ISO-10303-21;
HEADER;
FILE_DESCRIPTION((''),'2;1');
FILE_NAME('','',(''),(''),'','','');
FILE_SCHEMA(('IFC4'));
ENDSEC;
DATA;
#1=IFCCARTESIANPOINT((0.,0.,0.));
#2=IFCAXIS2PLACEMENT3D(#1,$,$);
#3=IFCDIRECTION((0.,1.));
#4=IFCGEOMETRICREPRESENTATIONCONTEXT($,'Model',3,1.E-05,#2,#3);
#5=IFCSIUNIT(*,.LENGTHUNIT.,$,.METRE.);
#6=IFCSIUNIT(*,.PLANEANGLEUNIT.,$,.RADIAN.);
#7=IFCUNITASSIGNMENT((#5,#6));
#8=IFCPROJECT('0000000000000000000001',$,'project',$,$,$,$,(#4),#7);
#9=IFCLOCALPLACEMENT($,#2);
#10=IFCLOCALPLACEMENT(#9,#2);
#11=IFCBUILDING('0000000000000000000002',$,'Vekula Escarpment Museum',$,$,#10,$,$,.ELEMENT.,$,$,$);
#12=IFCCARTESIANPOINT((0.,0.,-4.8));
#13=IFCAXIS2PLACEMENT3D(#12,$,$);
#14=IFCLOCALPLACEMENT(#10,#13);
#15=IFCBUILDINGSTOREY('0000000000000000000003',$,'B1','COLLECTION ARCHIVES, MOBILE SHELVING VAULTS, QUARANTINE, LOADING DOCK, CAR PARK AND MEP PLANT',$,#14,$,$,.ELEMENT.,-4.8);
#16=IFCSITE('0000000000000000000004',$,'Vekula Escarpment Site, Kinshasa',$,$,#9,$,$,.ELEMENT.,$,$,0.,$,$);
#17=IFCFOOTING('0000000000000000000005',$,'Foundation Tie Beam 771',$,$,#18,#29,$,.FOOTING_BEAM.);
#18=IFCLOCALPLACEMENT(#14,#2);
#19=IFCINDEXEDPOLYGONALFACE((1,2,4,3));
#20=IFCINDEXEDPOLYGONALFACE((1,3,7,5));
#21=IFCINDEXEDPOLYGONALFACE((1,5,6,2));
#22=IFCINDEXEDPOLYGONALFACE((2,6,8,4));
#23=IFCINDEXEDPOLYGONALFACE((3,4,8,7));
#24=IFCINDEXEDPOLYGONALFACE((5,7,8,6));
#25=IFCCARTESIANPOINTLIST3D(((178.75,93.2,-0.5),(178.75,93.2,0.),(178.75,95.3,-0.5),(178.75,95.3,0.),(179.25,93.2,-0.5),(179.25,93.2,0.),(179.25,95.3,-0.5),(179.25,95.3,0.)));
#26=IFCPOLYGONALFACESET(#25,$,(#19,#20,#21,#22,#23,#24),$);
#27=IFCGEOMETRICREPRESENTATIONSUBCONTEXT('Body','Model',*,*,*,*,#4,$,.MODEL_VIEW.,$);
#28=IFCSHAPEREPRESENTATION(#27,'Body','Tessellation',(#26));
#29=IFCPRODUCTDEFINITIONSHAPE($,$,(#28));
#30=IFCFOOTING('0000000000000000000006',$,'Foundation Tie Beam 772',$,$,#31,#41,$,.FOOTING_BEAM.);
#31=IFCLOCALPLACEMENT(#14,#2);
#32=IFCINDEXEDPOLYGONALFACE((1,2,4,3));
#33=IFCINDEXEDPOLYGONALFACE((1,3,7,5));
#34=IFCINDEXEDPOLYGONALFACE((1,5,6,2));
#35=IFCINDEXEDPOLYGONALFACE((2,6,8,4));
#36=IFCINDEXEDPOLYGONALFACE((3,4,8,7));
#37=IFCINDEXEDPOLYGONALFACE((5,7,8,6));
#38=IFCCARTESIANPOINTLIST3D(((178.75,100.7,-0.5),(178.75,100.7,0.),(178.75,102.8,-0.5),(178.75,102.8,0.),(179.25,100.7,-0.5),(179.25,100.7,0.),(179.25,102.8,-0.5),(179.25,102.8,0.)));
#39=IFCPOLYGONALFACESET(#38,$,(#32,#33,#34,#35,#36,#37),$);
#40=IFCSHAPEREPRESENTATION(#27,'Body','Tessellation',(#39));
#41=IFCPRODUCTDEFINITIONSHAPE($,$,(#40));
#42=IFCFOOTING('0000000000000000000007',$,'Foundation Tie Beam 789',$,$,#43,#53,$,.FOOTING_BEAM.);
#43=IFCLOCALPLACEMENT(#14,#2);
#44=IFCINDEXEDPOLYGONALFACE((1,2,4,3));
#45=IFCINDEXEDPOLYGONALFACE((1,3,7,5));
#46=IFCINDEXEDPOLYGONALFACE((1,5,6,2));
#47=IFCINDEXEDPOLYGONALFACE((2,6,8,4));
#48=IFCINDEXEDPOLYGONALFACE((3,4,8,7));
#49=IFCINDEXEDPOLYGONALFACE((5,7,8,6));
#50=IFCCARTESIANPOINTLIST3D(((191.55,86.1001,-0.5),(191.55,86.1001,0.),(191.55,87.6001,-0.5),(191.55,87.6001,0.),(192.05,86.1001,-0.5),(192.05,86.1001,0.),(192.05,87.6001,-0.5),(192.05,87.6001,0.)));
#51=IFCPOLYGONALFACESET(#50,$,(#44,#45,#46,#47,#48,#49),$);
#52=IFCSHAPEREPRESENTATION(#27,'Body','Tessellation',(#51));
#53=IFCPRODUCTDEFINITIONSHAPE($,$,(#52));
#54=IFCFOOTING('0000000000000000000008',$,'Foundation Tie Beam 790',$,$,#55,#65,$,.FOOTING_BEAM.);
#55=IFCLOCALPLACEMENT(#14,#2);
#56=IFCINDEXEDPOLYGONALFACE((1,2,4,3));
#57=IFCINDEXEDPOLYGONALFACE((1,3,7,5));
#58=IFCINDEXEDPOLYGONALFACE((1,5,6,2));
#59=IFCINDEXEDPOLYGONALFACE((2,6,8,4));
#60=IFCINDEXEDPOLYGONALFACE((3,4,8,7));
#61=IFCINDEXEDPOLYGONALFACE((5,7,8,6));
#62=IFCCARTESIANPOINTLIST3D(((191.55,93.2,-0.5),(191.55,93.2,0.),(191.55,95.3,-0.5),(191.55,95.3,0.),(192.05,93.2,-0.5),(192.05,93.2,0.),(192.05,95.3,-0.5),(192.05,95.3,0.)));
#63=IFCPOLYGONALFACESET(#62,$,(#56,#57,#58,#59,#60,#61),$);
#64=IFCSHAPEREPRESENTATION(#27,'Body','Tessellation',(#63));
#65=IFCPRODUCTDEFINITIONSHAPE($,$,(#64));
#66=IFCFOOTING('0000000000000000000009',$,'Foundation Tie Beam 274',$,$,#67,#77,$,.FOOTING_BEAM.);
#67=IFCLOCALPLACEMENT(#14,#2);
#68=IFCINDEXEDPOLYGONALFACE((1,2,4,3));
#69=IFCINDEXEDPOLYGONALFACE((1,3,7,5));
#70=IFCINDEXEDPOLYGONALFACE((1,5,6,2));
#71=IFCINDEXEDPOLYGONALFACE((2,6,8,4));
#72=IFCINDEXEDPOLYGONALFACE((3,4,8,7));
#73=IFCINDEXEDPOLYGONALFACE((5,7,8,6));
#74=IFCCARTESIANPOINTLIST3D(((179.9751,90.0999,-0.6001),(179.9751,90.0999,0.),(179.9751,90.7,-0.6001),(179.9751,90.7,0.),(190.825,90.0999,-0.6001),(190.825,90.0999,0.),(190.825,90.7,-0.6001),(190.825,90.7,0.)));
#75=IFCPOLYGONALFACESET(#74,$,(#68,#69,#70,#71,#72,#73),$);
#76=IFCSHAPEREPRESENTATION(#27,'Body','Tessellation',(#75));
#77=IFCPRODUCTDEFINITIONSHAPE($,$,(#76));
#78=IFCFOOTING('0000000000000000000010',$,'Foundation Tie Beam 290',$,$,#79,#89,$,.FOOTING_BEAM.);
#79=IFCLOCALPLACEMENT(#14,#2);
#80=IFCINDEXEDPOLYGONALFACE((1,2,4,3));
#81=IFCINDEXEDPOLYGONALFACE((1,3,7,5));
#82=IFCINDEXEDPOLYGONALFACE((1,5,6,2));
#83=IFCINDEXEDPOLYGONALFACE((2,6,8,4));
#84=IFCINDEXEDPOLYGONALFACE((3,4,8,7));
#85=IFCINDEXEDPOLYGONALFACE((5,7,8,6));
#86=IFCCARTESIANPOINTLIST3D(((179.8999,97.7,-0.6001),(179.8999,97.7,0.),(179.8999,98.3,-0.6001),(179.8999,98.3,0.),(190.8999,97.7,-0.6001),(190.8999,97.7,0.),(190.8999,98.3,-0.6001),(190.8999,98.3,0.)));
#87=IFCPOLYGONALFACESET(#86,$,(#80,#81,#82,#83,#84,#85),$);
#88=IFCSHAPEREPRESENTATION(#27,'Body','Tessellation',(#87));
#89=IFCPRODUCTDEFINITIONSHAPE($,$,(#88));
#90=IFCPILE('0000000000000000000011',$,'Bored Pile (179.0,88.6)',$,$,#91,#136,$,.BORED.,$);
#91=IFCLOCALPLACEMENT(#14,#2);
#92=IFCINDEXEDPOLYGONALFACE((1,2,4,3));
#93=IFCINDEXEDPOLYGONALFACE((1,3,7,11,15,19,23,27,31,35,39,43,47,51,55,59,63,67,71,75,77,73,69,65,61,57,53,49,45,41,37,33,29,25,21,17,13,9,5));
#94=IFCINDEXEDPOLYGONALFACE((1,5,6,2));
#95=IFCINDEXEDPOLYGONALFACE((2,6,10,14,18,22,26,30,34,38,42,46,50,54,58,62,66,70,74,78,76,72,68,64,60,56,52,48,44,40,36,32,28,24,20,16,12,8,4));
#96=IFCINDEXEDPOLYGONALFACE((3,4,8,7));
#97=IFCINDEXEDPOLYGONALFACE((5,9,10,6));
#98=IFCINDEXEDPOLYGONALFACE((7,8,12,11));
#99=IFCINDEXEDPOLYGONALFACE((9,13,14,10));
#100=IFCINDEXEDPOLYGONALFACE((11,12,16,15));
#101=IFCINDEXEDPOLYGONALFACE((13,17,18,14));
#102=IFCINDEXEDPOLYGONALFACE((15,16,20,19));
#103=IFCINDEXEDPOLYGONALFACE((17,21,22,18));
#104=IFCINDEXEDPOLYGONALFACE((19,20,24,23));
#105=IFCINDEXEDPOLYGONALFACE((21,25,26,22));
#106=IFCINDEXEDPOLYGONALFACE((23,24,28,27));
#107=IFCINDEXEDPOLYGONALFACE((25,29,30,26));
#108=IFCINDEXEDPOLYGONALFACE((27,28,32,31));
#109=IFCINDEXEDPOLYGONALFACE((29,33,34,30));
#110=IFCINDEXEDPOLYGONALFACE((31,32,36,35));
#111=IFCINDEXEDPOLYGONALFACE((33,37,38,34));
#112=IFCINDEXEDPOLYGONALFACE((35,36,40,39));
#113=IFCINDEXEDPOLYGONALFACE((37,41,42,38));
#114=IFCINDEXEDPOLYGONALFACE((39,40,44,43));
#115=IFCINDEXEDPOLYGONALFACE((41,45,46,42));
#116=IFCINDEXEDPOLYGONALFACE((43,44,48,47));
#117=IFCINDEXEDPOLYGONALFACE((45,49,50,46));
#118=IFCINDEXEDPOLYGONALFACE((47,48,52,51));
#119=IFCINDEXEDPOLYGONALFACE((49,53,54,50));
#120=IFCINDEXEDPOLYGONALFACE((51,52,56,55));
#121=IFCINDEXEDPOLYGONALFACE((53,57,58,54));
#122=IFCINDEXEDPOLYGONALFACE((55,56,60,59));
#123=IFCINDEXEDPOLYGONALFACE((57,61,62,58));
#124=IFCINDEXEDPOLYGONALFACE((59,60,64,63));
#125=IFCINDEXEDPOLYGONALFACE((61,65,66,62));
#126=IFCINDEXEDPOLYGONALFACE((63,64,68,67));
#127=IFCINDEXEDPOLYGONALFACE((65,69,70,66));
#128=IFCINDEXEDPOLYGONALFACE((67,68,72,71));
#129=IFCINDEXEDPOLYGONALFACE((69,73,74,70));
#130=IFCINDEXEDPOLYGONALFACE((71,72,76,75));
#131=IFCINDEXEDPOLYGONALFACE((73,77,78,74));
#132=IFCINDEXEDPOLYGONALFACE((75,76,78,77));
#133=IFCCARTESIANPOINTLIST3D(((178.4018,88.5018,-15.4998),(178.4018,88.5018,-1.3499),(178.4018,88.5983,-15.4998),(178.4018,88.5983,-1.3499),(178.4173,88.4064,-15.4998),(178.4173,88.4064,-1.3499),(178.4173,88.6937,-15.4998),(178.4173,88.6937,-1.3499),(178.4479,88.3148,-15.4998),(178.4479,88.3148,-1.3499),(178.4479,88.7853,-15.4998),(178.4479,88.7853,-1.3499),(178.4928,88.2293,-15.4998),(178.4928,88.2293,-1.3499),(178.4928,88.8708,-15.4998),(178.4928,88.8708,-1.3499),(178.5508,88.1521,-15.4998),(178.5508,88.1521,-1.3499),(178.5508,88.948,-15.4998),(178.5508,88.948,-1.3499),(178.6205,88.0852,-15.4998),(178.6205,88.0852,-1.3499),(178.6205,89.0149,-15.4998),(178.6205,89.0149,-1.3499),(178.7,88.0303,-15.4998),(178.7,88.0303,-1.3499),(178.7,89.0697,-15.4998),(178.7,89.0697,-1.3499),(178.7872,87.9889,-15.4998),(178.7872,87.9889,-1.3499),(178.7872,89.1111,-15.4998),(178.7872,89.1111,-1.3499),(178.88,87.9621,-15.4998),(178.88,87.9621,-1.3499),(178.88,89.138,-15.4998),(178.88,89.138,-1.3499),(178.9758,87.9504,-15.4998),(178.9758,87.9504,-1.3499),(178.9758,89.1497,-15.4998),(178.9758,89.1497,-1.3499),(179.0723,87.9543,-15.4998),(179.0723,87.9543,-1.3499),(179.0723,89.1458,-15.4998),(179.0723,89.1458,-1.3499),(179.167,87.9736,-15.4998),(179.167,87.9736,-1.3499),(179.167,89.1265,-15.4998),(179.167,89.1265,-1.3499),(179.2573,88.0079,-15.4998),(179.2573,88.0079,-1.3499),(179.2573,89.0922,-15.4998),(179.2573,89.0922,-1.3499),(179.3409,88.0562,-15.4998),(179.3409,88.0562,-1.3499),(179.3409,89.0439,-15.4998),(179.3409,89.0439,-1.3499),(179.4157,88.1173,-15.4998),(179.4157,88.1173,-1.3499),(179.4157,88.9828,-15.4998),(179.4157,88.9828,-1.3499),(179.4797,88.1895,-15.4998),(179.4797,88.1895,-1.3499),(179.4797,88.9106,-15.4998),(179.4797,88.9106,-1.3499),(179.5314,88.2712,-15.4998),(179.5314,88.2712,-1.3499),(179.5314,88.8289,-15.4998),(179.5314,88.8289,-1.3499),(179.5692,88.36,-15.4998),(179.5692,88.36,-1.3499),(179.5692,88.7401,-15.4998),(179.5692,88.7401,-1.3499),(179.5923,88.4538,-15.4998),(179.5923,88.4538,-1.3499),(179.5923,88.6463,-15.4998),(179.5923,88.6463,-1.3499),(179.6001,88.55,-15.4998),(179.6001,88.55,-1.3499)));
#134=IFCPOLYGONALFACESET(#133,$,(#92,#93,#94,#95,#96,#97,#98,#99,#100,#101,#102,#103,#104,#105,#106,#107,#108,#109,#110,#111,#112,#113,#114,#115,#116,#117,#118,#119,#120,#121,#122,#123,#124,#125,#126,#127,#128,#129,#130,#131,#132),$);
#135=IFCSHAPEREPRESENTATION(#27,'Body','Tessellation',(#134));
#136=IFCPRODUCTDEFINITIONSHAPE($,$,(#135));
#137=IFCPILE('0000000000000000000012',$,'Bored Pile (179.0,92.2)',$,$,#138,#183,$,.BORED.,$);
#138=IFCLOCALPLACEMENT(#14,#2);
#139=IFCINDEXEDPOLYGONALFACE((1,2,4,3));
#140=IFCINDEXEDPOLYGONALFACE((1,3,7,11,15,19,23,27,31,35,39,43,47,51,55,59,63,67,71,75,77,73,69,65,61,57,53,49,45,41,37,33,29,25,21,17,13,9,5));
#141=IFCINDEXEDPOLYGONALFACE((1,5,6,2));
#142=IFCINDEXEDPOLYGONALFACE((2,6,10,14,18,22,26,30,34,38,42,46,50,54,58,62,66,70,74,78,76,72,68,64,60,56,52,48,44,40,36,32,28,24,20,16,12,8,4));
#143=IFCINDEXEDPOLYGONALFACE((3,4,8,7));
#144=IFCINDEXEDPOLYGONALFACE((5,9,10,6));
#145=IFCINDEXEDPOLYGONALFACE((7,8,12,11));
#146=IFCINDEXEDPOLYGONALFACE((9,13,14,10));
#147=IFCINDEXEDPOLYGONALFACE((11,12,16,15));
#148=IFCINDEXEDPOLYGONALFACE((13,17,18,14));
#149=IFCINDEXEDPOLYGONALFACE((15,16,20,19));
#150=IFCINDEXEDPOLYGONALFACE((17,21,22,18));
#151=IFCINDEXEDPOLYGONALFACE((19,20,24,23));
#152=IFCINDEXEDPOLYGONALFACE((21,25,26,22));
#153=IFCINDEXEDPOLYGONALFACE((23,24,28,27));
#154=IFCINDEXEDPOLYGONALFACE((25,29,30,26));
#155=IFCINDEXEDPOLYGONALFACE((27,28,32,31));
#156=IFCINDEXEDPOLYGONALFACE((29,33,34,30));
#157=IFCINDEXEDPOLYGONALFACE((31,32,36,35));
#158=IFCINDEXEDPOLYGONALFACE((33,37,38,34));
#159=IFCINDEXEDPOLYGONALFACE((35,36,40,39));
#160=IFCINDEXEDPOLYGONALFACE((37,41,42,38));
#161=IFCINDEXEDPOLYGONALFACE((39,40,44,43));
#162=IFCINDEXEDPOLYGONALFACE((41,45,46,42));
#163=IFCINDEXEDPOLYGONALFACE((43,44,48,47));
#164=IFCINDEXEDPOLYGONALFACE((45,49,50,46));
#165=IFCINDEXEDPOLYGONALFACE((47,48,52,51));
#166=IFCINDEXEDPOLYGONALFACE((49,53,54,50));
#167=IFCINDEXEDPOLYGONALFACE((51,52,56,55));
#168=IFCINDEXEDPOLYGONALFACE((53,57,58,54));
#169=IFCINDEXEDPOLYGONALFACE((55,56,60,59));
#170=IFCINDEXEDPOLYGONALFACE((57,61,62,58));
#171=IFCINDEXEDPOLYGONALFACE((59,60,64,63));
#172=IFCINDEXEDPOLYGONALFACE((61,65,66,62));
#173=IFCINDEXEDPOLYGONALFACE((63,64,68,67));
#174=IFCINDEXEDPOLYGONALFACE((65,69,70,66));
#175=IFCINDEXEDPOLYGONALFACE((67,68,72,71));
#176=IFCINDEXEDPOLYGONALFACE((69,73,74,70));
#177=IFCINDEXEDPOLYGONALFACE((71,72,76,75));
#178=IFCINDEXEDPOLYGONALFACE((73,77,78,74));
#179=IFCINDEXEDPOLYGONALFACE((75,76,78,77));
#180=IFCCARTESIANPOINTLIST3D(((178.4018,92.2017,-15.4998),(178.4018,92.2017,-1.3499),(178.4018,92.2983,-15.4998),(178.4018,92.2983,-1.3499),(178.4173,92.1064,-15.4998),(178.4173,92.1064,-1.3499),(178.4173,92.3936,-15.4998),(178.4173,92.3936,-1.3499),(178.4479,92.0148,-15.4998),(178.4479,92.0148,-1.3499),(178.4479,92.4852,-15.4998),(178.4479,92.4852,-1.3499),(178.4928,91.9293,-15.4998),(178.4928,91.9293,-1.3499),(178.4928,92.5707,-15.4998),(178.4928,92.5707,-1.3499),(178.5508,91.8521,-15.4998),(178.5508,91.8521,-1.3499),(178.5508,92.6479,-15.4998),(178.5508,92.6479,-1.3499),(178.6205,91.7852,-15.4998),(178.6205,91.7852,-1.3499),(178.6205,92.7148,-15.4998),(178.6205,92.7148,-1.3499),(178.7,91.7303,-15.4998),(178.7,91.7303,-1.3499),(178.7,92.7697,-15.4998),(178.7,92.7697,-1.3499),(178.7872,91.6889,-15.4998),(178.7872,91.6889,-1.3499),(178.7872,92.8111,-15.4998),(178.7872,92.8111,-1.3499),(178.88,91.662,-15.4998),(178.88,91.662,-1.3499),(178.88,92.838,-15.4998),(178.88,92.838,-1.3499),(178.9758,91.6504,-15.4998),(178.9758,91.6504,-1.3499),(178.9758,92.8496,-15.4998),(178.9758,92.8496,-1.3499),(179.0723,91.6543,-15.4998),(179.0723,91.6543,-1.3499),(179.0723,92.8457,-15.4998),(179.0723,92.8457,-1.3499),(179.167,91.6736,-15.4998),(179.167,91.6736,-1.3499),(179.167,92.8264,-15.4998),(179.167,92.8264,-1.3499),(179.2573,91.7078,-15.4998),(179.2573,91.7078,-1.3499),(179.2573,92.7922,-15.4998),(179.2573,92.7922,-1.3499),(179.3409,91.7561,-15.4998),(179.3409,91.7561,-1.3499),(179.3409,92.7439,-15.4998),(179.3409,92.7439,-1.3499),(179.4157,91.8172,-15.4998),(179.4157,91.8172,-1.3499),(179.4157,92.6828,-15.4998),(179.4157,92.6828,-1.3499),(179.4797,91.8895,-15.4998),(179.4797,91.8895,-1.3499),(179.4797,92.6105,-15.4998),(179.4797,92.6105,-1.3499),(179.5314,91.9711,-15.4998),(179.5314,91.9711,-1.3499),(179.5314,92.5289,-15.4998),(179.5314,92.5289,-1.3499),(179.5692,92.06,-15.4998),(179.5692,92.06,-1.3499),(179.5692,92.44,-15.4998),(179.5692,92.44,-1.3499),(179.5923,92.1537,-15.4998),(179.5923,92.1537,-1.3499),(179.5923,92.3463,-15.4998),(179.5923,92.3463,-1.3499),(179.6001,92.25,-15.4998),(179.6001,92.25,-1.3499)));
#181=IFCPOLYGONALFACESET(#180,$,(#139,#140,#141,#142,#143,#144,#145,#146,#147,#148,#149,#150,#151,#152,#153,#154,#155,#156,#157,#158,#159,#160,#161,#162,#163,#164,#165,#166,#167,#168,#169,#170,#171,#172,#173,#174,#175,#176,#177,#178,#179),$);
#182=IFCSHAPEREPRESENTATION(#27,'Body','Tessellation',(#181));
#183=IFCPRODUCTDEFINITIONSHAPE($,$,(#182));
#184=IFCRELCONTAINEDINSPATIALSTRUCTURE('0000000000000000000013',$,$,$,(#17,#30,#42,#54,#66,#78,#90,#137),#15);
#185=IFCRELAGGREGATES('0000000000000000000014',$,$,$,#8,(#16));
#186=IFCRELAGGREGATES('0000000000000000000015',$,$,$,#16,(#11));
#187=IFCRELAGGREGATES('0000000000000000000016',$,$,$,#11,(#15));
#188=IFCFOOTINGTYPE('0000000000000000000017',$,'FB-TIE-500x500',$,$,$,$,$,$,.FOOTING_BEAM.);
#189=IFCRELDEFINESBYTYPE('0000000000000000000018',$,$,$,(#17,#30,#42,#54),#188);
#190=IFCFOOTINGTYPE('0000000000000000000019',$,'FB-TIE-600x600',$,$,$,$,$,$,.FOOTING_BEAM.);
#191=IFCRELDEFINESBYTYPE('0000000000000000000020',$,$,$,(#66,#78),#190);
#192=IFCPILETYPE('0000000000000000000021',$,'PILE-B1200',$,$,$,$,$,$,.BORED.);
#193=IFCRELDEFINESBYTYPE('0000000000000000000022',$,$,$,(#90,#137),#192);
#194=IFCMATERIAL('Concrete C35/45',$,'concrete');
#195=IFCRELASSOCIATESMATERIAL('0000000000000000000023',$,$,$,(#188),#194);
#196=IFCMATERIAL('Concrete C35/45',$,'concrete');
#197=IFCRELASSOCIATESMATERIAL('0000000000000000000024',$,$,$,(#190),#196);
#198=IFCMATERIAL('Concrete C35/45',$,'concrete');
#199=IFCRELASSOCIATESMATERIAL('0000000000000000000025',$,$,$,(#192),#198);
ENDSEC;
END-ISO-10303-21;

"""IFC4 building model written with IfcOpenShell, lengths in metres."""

from ifc_helpers import new_model, si_unit, direction, frame, origin, origin_2d, place, context, subcontext, project, spatial, rectangle, circle, extrude, material, material_profile, profile_set, type_object, element, save


model = new_model("IFC4")

# Units and contexts
model_context = context("Model", 3, precision=1e-05, world=origin(), true_north=direction((0.0, 1.0)))
body_context = subcontext(model_context, "Body", "Model", "MODEL_VIEW")
ifc_project = project(units=[si_unit("LENGTHUNIT", "METRE"), si_unit("PLANEANGLEUNIT", "RADIAN")], contexts=[model_context])

# Site, building, storey
site_placement = place(None, origin())
site = spatial("IfcSite", under=ifc_project, at=site_placement, Name="Vekula Escarpment Site, Kinshasa", CompositionType="ELEMENT", RefElevation=0.0)
building_placement = place(site_placement, origin())
building = spatial("IfcBuilding", under=site, at=building_placement, Name="Vekula Escarpment Museum", CompositionType="ELEMENT")
storey_placement = place(building_placement, frame((0.0, 0.0, -4.8)))
storey = spatial("IfcBuildingStorey", under=building, at=storey_placement, Name="B1", Description="COLLECTION ARCHIVES, MOBILE SHELVING VAULTS, QUARANTINE, LOADING DOCK, CAR PARK AND MEP PLANT", CompositionType="ELEMENT", Elevation=-4.8)

# Footings
ifc_material_1 = material(Name="Concrete C35/45", Category="concrete")
ifc_material_profile_1 = material_profile(ifc_material_1, rectangle(XDim=0.5, YDim=0.5, at=origin_2d()), Name="RC 500x500")
ifc_profile_set_1 = profile_set([ifc_material_profile_1], Name="Concrete C35/45")
footing_type_1 = type_object("IfcFootingType", Name="FB-TIE-500x500", PredefinedType="FOOTING_BEAM", material=ifc_profile_set_1)
for number, where, z_axis, x_axis, name in (
    (1, (179.0, 93.2, -0.25), (0.0, 1.0, 0.0), (-1.0, 0.0, 0.0), "Foundation Tie Beam 771"),
    (2, (179.0, 100.7, -0.25), (0.0, 1.0, 0.0), (-1.0, 0.0, 0.0), "Foundation Tie Beam 772"),
):
    element("IfcFooting", number, at=place(storey_placement, frame(where, z_axis=z_axis, x_axis=x_axis)), inside=storey, type_object=footing_type_1, Name=name, PredefinedType="FOOTING_BEAM", context=body_context, shape_type="SweptSolid", body=[
        extrude(rectangle(XDim=0.5, YDim=0.5, at=origin_2d()), origin(), (0.0, 0.0, 1.0), 2.1001),
    ])
footing_1_placement = place(storey_placement, frame((191.8, 86.1001, -0.25), z_axis=(0.0, 1.0, 0.0), x_axis=(-1.0, 0.0, 0.0)))
element("IfcFooting", 3, at=footing_1_placement, inside=storey, type_object=footing_type_1, Name="Foundation Tie Beam 789", PredefinedType="FOOTING_BEAM", context=body_context, shape_type="SweptSolid", body=[
    extrude(rectangle(XDim=0.5, YDim=0.5, at=origin_2d()), origin(), (0.0, 0.0, 1.0), 1.5),
])
footing_2_placement = place(storey_placement, frame((191.8, 93.2, -0.25), z_axis=(0.0, 1.0, 0.0), x_axis=(-1.0, 0.0, 0.0)))
element("IfcFooting", 4, at=footing_2_placement, inside=storey, type_object=footing_type_1, Name="Foundation Tie Beam 790", PredefinedType="FOOTING_BEAM", context=body_context, shape_type="SweptSolid", body=[
    extrude(rectangle(XDim=0.5, YDim=0.5, at=origin_2d()), origin(), (0.0, 0.0, 1.0), 2.1001),
])
ifc_material_2 = material(Name="Concrete C35/45", Category="concrete")
ifc_material_profile_2 = material_profile(ifc_material_2, rectangle(XDim=0.6001, YDim=0.6001, at=origin_2d()), Name="RC 600x600")
ifc_profile_set_2 = profile_set([ifc_material_profile_2], Name="Concrete C35/45")
footing_type_2 = type_object("IfcFootingType", Name="FB-TIE-600x600", PredefinedType="FOOTING_BEAM", material=ifc_profile_set_2)
footing_3_placement = place(storey_placement, frame((179.9751, 90.3999, -0.3), z_axis=(1.0, 0.0, 0.0), x_axis=(0.0, 1.0, 0.0)))
element("IfcFooting", 5, at=footing_3_placement, inside=storey, type_object=footing_type_2, Name="Foundation Tie Beam 274", PredefinedType="FOOTING_BEAM", context=body_context, shape_type="SweptSolid", body=[
    extrude(rectangle(XDim=0.6001, YDim=0.6001, at=origin_2d()), origin(), (0.0, 0.0, 1.0), 10.8499),
])
footing_4_placement = place(storey_placement, frame((179.8999, 98.0, -0.3), z_axis=(1.0, 0.0, 0.0), x_axis=(0.0, 1.0, 0.0)))
element("IfcFooting", 6, at=footing_4_placement, inside=storey, type_object=footing_type_2, Name="Foundation Tie Beam 290", PredefinedType="FOOTING_BEAM", context=body_context, shape_type="SweptSolid", body=[
    extrude(rectangle(XDim=0.6001, YDim=0.6001, at=origin_2d()), origin(), (0.0, 0.0, 1.0), 11.0),
])

# Piles
ifc_material_3 = material(Name="Concrete C35/45", Category="concrete")
ifc_material_profile_3 = material_profile(ifc_material_3, circle(Radius=0.6001, at=origin_2d()), Name="BORED PILE 1200")
ifc_profile_set_3 = profile_set([ifc_material_profile_3], Name="Concrete C35/45")
pile_type = type_object("IfcPileType", Name="PILE-B1200", PredefinedType="BORED", material=ifc_profile_set_3)
for number, where, z_axis, x_axis, name in (
    (7, (179.0, 88.55, -1.3499), (0.0, 0.0, -1.0), (1.0, 0.0, 0.0), "Bored Pile (179.0,88.6)"),
    (8, (179.0, 92.25, -1.3499), (0.0, 0.0, -1.0), (1.0, 0.0, 0.0), "Bored Pile (179.0,92.2)"),
):
    element("IfcPile", number, at=place(storey_placement, frame(where, z_axis=z_axis, x_axis=x_axis)), inside=storey, type_object=pile_type, Name=name, PredefinedType="BORED", context=body_context, shape_type="SweptSolid", body=[
        extrude(circle(Radius=0.6001, at=origin_2d()), origin(), (0.0, 0.0, 1.0), 14.1499),
    ])

save(model, "model.ifc")
